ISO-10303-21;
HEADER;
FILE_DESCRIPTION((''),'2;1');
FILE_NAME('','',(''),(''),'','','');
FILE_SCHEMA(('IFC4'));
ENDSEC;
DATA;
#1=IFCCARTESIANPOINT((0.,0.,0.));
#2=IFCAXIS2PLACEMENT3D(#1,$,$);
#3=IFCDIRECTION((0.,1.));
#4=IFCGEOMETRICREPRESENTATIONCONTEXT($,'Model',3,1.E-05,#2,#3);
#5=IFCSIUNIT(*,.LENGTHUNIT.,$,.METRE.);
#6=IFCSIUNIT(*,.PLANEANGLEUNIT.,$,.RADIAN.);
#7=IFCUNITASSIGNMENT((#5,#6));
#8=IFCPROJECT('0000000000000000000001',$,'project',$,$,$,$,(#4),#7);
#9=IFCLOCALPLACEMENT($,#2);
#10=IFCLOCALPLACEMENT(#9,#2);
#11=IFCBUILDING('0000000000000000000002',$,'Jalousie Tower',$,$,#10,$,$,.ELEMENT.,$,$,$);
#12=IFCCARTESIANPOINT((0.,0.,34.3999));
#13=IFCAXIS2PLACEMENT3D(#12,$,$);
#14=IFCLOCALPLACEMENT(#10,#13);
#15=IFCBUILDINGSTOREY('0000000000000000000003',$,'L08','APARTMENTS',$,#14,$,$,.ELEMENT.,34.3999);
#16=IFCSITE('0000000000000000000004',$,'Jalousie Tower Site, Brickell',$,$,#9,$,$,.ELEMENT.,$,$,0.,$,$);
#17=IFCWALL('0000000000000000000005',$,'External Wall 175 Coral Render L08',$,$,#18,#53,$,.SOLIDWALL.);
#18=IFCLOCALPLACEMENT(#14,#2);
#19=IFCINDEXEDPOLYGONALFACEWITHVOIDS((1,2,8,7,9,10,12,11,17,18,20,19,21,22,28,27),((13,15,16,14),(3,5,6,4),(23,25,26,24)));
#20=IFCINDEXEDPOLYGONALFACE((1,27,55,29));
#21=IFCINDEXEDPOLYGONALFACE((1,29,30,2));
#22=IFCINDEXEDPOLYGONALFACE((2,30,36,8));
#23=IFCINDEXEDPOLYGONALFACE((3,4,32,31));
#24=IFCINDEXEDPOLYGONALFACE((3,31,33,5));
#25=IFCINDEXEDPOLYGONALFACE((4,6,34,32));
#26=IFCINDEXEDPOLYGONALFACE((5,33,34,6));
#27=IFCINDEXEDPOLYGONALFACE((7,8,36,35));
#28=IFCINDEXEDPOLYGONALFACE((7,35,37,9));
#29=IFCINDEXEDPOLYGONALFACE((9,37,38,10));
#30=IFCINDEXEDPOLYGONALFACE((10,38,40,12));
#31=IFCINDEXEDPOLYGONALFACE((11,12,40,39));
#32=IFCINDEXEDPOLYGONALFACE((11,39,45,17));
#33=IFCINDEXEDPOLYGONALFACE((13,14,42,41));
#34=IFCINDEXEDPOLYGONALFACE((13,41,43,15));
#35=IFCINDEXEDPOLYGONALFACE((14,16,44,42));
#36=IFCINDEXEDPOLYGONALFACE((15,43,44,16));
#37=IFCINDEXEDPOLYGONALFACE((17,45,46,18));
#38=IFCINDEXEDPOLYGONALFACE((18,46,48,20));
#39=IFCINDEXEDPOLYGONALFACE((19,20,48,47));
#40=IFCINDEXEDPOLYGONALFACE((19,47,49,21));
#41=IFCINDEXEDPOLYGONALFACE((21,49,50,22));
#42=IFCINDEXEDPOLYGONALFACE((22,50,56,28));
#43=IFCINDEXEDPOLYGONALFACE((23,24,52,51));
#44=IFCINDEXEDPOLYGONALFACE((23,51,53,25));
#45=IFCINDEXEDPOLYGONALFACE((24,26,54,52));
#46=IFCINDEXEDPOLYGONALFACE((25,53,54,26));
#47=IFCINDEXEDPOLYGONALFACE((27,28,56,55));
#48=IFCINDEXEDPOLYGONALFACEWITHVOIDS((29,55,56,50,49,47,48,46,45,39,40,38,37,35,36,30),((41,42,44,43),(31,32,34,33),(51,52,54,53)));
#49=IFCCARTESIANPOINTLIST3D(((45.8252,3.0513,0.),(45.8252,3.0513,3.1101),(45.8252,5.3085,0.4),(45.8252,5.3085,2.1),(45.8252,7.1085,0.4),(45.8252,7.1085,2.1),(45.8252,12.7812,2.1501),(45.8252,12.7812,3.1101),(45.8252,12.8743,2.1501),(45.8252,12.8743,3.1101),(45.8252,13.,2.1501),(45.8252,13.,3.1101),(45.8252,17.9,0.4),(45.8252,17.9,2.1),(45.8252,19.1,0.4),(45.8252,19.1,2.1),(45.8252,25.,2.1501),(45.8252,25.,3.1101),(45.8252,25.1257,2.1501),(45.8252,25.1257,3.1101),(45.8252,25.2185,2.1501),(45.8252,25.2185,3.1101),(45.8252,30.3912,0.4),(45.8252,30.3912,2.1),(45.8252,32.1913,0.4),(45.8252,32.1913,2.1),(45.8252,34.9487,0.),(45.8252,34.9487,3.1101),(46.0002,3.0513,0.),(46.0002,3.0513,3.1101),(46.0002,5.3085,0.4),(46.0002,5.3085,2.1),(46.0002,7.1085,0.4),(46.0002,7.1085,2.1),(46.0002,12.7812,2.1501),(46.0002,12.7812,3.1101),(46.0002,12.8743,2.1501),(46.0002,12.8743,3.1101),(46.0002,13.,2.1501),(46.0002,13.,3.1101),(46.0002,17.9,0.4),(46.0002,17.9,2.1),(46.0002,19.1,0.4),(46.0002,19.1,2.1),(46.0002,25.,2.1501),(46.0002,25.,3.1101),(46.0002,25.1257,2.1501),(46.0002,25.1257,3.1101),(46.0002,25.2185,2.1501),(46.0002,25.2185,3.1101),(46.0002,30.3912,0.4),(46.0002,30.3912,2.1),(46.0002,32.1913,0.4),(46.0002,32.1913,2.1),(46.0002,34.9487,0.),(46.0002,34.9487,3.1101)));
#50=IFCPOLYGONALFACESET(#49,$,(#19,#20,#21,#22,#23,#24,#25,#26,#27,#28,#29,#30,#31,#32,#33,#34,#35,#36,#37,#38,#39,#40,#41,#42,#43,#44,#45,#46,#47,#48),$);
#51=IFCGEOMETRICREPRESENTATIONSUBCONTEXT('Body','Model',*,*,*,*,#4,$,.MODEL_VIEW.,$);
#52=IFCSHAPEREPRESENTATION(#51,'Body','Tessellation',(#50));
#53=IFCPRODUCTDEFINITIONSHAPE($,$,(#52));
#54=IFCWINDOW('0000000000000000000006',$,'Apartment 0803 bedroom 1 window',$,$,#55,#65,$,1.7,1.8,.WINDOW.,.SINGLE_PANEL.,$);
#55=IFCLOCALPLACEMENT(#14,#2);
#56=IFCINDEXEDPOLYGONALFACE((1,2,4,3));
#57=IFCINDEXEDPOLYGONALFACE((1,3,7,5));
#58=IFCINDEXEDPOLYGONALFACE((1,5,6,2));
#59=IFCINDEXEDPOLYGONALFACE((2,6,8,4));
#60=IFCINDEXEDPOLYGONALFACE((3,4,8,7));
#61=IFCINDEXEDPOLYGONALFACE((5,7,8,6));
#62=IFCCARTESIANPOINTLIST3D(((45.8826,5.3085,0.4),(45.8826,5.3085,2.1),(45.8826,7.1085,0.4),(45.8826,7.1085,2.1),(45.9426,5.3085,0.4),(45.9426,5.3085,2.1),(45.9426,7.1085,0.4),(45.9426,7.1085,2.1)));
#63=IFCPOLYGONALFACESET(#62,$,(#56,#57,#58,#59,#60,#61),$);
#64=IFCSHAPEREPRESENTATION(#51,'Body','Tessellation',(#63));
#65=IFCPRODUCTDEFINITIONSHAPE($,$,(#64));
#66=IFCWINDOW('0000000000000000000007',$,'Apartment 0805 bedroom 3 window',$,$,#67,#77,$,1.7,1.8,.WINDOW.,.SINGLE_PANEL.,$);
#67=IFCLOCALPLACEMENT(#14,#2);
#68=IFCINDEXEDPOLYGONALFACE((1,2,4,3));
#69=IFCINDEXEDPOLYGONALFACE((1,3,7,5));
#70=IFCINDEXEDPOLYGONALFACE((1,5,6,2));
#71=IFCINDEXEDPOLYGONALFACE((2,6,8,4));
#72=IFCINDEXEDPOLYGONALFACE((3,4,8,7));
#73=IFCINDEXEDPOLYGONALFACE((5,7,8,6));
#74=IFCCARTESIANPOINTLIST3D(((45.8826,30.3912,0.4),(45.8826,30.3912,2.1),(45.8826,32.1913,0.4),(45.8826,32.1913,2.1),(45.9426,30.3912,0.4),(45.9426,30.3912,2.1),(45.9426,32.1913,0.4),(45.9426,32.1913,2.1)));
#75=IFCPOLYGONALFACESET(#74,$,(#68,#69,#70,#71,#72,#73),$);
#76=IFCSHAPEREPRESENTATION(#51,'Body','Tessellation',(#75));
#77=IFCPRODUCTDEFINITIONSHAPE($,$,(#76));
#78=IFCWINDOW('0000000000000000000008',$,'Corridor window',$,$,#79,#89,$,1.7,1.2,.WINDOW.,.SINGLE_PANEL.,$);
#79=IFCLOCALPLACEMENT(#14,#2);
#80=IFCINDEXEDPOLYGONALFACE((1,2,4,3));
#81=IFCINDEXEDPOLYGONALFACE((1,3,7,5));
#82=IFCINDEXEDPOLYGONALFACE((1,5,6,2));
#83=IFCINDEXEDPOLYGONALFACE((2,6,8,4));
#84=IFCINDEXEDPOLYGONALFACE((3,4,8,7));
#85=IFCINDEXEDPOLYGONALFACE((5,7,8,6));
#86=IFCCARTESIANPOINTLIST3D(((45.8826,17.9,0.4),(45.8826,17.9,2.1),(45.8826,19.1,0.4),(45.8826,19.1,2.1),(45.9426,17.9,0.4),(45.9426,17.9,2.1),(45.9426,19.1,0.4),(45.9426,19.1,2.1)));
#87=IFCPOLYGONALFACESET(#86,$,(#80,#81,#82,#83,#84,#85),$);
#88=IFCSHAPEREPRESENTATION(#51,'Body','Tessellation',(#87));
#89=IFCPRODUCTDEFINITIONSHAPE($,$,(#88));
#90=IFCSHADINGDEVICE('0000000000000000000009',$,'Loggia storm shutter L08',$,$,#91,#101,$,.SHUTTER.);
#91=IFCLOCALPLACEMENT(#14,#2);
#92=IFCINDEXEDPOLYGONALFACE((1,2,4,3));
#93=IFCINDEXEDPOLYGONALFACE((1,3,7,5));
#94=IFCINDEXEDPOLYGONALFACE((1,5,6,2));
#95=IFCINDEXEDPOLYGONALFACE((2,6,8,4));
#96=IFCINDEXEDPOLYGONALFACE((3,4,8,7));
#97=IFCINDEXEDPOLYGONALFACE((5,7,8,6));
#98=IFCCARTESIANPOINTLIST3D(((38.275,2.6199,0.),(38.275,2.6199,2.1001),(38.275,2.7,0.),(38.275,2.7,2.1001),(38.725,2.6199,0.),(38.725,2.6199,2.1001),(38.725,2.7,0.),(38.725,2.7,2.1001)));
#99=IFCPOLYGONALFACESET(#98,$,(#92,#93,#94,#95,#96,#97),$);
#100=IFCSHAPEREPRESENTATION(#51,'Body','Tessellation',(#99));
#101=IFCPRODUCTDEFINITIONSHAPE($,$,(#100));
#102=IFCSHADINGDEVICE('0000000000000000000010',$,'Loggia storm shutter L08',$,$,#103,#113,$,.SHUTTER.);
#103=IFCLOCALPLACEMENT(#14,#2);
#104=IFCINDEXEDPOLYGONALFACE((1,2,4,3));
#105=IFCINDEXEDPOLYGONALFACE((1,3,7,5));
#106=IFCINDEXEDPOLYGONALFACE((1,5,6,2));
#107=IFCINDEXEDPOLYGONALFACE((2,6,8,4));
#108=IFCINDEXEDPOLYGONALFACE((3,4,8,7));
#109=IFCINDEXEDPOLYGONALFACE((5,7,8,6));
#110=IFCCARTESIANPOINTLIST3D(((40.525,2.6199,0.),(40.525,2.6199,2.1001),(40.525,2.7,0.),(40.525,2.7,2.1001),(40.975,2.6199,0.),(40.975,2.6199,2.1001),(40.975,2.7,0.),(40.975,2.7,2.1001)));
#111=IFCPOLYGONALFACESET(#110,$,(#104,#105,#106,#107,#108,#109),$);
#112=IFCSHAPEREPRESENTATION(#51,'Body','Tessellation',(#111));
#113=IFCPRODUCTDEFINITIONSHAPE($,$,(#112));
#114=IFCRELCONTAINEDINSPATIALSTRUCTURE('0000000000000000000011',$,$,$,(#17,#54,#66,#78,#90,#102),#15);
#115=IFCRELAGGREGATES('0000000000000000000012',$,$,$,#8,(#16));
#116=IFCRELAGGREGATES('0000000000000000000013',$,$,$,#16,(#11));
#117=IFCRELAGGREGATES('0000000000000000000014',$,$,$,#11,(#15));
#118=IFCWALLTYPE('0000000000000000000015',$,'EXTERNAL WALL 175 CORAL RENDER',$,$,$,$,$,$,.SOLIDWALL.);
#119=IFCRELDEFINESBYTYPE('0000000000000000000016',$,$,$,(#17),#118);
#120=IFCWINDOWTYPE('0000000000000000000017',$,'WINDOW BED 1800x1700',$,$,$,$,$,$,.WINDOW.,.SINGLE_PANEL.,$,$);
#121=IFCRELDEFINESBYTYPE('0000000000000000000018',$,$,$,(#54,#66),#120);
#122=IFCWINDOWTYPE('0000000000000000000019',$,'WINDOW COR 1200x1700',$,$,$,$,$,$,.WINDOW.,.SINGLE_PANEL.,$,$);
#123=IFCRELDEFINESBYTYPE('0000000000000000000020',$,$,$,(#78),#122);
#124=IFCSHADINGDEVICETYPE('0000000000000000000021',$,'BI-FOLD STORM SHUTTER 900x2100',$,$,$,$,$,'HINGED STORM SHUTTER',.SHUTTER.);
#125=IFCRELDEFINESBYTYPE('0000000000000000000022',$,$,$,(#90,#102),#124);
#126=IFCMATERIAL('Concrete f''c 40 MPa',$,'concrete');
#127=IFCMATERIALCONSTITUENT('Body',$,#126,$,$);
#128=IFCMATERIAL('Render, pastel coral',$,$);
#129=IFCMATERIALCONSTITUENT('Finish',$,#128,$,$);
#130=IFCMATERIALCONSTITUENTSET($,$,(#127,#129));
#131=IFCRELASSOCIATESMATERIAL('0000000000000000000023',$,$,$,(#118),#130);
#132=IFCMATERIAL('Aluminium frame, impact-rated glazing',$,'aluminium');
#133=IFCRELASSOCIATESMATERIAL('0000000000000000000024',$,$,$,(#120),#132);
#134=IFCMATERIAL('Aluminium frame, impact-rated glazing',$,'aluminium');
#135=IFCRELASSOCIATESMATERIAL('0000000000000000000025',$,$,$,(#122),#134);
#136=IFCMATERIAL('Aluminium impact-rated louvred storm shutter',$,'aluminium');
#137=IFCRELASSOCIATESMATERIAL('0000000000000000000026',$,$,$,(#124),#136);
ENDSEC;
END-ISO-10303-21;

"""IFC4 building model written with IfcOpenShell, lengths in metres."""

from ifc_helpers import new_model, si_unit, direction, frame, frame_2d, origin, origin_2d, place, context, subcontext, project, spatial, polyline, rectangle, outline, extrude, material, constituent, constituent_set, type_object, element, fill, save


model = new_model("IFC4")

# Units and contexts
model_context = context("Model", 3, precision=1e-05, world=origin(), true_north=direction((0.0, 1.0)))
body_context = subcontext(model_context, "Body", "Model", "MODEL_VIEW")
ifc_project = project(units=[si_unit("LENGTHUNIT", "METRE"), si_unit("PLANEANGLEUNIT", "RADIAN")], contexts=[model_context])

# Site, building, storey
site_placement = place(None, origin())
site = spatial("IfcSite", under=ifc_project, at=site_placement, Name="Jalousie Tower Site, Brickell", CompositionType="ELEMENT", RefElevation=0.0)
building_placement = place(site_placement, origin())
building = spatial("IfcBuilding", under=site, at=building_placement, Name="Jalousie Tower", CompositionType="ELEMENT")
storey_placement = place(building_placement, frame((0.0, 0.0, 34.3999)))
storey = spatial("IfcBuildingStorey", under=building, at=storey_placement, Name="L08", Description="APARTMENTS", CompositionType="ELEMENT", Elevation=34.3999)

# Shared definitions
ifc_material_1 = material(Name="Concrete f'c 40 MPa", Category="concrete")
ifc_constituent_1 = constituent(ifc_material_1, Name="Body")
ifc_material_2 = material(Name="Render, pastel coral")
ifc_constituent_2 = constituent(ifc_material_2, Name="Finish")
ifc_constituent_set = constituent_set(constituents=[ifc_constituent_1, ifc_constituent_2])
wall_type = type_object("IfcWallType", Name="EXTERNAL WALL 175 CORAL RENDER", PredefinedType="SOLIDWALL", material=ifc_constituent_set)

# Wall, openings, windows
wall_1_placement = place(storey_placement, frame((45.9126, 3.0513, 0.0), z_axis=(0.0, 0.0, 1.0), x_axis=(0.0, 1.0, 0.0)))
wall_1 = element("IfcWall", 1, at=wall_1_placement, inside=storey, type_object=wall_type, Name="External Wall 175 Coral Render L08", PredefinedType="SOLIDWALL", context=body_context, shape_type="SweptSolid", body=[
    extrude(outline(polyline([(0.0, 0.0), (31.8975, 0.0), (31.8975, 3.1101), (22.1672, 3.1101), (22.1672, 2.1501), (22.0745, 2.1501), (22.0745, 3.1101), (21.9487, 3.1101), (21.9487, 2.1501), (9.9487, 2.1501), (9.9487, 3.1101), (9.823, 3.1101), (9.823, 2.1501), (9.73, 2.1501), (9.73, 3.1101), (0.0, 3.1101), (0.0, 0.0)])), frame((0.0, 0.0874, 0.0), z_axis=(0.0, -1.0, 0.0), x_axis=(1.0, 0.0, 0.0)), (0.0, 0.0, 1.0), 0.175),
])
opening_1_placement = place(wall_1_placement, frame((2.2573, 0.0, 0.3999)))
opening_1 = element("IfcOpeningElement", 2, at=opening_1_placement, cuts=wall_1, PredefinedType="OPENING", context=body_context, shape_type="SweptSolid", body=[
    extrude(rectangle(XDim=1.8, YDim=1.7, at=frame_2d((0.8999, 0.8501))), frame((0.0, 0.0974, 0.0), z_axis=(0.0, -1.0, 0.0), x_axis=(1.0, 0.0, 0.0)), (0.0, 0.0, 1.0), 0.1951),
])
opening_2_placement = place(wall_1_placement, frame((14.8486, 0.0, 0.3999)))
opening_2 = element("IfcOpeningElement", 3, at=opening_2_placement, cuts=wall_1, PredefinedType="OPENING", context=body_context, shape_type="SweptSolid", body=[
    extrude(rectangle(XDim=1.2, YDim=1.7, at=frame_2d((0.6001, 0.8501))), frame((0.0, 0.0974, 0.0), z_axis=(0.0, -1.0, 0.0), x_axis=(1.0, 0.0, 0.0)), (0.0, 0.0, 1.0), 0.1951),
])
opening_3_placement = place(wall_1_placement, frame((27.3401, 0.0, 0.3999)))
opening_3 = element("IfcOpeningElement", 4, at=opening_3_placement, cuts=wall_1, PredefinedType="OPENING", context=body_context, shape_type="SweptSolid", body=[
    extrude(rectangle(XDim=1.8, YDim=1.7, at=frame_2d((0.8999, 0.8501))), frame((0.0, 0.0974, 0.0), z_axis=(0.0, -1.0, 0.0), x_axis=(1.0, 0.0, 0.0)), (0.0, 0.0, 1.0), 0.1951),
])
ifc_material_3 = material(Name="Aluminium frame, impact-rated glazing", Category="aluminium")
window_type_1 = type_object("IfcWindowType", Name="WINDOW BED 1800x1700", PartitioningType="SINGLE_PANEL", PredefinedType="WINDOW", material=ifc_material_3)
window_1_placement = place(opening_1_placement, origin())
window_1 = element("IfcWindow", 5, at=window_1_placement, inside=storey, type_object=window_type_1, Name="Apartment 0803 bedroom 1 window", OverallHeight=1.7, OverallWidth=1.8, PartitioningType="SINGLE_PANEL", PredefinedType="WINDOW", context=body_context, shape_type="SweptSolid", body=[
    extrude(rectangle(XDim=1.8, YDim=1.7, at=frame_2d((0.8999, 0.8501))), frame((0.0, 0.03, 0.0), z_axis=(0.0, -1.0, 0.0), x_axis=(1.0, 0.0, 0.0)), (0.0, 0.0, 1.0), 0.0601),
])
fill(opening_1, window_1)
window_2_placement = place(opening_3_placement, origin())
window_2 = element("IfcWindow", 6, at=window_2_placement, inside=storey, type_object=window_type_1, Name="Apartment 0805 bedroom 3 window", OverallHeight=1.7, OverallWidth=1.8, PartitioningType="SINGLE_PANEL", PredefinedType="WINDOW", context=body_context, shape_type="SweptSolid", body=[
    extrude(rectangle(XDim=1.8, YDim=1.7, at=frame_2d((0.8999, 0.8501))), frame((0.0, 0.03, 0.0), z_axis=(0.0, -1.0, 0.0), x_axis=(1.0, 0.0, 0.0)), (0.0, 0.0, 1.0), 0.0601),
])
fill(opening_3, window_2)
ifc_material_4 = material(Name="Aluminium frame, impact-rated glazing", Category="aluminium")
window_type_2 = type_object("IfcWindowType", Name="WINDOW COR 1200x1700", PartitioningType="SINGLE_PANEL", PredefinedType="WINDOW", material=ifc_material_4)
window_3_placement = place(opening_2_placement, origin())
window_3 = element("IfcWindow", 7, at=window_3_placement, inside=storey, type_object=window_type_2, Name="Corridor window", OverallHeight=1.7, OverallWidth=1.2, PartitioningType="SINGLE_PANEL", PredefinedType="WINDOW", context=body_context, shape_type="SweptSolid", body=[
    extrude(rectangle(XDim=1.2, YDim=1.7, at=frame_2d((0.6001, 0.8501))), frame((0.0, 0.03, 0.0), z_axis=(0.0, -1.0, 0.0), x_axis=(1.0, 0.0, 0.0)), (0.0, 0.0, 1.0), 0.0601),
])
fill(opening_2, window_3)

# Shading devices
ifc_material_5 = material(Name="Aluminium impact-rated louvred storm shutter", Category="aluminium")
shading_device_type_1 = type_object("IfcShadingDeviceType", Name="BI-FOLD STORM SHUTTER 900x2100", ElementType="HINGED STORM SHUTTER", PredefinedType="SHUTTER", material=ifc_material_5)
for number, where, z_axis, x_axis, name in (
    (8, (38.5, 2.6599, 0.0), (0.0, 0.0, 1.0), (1.0, 0.0, 0.0), "Loggia storm shutter L08"),
    (9, (40.75, 2.6599, 0.0), (0.0, 0.0, 1.0), (1.0, 0.0, 0.0), "Loggia storm shutter L08"),
):
    element("IfcShadingDevice", number, at=place(storey_placement, frame(where, z_axis=z_axis, x_axis=x_axis)), inside=storey, type_object=shading_device_type_1, Name=name, PredefinedType="SHUTTER", context=body_context, shape_type="SweptSolid", body=[
        extrude(rectangle(XDim=0.45, YDim=0.0801, at=origin_2d()), origin(), (0.0, 0.0, 1.0), 2.1001),
    ])

save(model, "model.ifc")
